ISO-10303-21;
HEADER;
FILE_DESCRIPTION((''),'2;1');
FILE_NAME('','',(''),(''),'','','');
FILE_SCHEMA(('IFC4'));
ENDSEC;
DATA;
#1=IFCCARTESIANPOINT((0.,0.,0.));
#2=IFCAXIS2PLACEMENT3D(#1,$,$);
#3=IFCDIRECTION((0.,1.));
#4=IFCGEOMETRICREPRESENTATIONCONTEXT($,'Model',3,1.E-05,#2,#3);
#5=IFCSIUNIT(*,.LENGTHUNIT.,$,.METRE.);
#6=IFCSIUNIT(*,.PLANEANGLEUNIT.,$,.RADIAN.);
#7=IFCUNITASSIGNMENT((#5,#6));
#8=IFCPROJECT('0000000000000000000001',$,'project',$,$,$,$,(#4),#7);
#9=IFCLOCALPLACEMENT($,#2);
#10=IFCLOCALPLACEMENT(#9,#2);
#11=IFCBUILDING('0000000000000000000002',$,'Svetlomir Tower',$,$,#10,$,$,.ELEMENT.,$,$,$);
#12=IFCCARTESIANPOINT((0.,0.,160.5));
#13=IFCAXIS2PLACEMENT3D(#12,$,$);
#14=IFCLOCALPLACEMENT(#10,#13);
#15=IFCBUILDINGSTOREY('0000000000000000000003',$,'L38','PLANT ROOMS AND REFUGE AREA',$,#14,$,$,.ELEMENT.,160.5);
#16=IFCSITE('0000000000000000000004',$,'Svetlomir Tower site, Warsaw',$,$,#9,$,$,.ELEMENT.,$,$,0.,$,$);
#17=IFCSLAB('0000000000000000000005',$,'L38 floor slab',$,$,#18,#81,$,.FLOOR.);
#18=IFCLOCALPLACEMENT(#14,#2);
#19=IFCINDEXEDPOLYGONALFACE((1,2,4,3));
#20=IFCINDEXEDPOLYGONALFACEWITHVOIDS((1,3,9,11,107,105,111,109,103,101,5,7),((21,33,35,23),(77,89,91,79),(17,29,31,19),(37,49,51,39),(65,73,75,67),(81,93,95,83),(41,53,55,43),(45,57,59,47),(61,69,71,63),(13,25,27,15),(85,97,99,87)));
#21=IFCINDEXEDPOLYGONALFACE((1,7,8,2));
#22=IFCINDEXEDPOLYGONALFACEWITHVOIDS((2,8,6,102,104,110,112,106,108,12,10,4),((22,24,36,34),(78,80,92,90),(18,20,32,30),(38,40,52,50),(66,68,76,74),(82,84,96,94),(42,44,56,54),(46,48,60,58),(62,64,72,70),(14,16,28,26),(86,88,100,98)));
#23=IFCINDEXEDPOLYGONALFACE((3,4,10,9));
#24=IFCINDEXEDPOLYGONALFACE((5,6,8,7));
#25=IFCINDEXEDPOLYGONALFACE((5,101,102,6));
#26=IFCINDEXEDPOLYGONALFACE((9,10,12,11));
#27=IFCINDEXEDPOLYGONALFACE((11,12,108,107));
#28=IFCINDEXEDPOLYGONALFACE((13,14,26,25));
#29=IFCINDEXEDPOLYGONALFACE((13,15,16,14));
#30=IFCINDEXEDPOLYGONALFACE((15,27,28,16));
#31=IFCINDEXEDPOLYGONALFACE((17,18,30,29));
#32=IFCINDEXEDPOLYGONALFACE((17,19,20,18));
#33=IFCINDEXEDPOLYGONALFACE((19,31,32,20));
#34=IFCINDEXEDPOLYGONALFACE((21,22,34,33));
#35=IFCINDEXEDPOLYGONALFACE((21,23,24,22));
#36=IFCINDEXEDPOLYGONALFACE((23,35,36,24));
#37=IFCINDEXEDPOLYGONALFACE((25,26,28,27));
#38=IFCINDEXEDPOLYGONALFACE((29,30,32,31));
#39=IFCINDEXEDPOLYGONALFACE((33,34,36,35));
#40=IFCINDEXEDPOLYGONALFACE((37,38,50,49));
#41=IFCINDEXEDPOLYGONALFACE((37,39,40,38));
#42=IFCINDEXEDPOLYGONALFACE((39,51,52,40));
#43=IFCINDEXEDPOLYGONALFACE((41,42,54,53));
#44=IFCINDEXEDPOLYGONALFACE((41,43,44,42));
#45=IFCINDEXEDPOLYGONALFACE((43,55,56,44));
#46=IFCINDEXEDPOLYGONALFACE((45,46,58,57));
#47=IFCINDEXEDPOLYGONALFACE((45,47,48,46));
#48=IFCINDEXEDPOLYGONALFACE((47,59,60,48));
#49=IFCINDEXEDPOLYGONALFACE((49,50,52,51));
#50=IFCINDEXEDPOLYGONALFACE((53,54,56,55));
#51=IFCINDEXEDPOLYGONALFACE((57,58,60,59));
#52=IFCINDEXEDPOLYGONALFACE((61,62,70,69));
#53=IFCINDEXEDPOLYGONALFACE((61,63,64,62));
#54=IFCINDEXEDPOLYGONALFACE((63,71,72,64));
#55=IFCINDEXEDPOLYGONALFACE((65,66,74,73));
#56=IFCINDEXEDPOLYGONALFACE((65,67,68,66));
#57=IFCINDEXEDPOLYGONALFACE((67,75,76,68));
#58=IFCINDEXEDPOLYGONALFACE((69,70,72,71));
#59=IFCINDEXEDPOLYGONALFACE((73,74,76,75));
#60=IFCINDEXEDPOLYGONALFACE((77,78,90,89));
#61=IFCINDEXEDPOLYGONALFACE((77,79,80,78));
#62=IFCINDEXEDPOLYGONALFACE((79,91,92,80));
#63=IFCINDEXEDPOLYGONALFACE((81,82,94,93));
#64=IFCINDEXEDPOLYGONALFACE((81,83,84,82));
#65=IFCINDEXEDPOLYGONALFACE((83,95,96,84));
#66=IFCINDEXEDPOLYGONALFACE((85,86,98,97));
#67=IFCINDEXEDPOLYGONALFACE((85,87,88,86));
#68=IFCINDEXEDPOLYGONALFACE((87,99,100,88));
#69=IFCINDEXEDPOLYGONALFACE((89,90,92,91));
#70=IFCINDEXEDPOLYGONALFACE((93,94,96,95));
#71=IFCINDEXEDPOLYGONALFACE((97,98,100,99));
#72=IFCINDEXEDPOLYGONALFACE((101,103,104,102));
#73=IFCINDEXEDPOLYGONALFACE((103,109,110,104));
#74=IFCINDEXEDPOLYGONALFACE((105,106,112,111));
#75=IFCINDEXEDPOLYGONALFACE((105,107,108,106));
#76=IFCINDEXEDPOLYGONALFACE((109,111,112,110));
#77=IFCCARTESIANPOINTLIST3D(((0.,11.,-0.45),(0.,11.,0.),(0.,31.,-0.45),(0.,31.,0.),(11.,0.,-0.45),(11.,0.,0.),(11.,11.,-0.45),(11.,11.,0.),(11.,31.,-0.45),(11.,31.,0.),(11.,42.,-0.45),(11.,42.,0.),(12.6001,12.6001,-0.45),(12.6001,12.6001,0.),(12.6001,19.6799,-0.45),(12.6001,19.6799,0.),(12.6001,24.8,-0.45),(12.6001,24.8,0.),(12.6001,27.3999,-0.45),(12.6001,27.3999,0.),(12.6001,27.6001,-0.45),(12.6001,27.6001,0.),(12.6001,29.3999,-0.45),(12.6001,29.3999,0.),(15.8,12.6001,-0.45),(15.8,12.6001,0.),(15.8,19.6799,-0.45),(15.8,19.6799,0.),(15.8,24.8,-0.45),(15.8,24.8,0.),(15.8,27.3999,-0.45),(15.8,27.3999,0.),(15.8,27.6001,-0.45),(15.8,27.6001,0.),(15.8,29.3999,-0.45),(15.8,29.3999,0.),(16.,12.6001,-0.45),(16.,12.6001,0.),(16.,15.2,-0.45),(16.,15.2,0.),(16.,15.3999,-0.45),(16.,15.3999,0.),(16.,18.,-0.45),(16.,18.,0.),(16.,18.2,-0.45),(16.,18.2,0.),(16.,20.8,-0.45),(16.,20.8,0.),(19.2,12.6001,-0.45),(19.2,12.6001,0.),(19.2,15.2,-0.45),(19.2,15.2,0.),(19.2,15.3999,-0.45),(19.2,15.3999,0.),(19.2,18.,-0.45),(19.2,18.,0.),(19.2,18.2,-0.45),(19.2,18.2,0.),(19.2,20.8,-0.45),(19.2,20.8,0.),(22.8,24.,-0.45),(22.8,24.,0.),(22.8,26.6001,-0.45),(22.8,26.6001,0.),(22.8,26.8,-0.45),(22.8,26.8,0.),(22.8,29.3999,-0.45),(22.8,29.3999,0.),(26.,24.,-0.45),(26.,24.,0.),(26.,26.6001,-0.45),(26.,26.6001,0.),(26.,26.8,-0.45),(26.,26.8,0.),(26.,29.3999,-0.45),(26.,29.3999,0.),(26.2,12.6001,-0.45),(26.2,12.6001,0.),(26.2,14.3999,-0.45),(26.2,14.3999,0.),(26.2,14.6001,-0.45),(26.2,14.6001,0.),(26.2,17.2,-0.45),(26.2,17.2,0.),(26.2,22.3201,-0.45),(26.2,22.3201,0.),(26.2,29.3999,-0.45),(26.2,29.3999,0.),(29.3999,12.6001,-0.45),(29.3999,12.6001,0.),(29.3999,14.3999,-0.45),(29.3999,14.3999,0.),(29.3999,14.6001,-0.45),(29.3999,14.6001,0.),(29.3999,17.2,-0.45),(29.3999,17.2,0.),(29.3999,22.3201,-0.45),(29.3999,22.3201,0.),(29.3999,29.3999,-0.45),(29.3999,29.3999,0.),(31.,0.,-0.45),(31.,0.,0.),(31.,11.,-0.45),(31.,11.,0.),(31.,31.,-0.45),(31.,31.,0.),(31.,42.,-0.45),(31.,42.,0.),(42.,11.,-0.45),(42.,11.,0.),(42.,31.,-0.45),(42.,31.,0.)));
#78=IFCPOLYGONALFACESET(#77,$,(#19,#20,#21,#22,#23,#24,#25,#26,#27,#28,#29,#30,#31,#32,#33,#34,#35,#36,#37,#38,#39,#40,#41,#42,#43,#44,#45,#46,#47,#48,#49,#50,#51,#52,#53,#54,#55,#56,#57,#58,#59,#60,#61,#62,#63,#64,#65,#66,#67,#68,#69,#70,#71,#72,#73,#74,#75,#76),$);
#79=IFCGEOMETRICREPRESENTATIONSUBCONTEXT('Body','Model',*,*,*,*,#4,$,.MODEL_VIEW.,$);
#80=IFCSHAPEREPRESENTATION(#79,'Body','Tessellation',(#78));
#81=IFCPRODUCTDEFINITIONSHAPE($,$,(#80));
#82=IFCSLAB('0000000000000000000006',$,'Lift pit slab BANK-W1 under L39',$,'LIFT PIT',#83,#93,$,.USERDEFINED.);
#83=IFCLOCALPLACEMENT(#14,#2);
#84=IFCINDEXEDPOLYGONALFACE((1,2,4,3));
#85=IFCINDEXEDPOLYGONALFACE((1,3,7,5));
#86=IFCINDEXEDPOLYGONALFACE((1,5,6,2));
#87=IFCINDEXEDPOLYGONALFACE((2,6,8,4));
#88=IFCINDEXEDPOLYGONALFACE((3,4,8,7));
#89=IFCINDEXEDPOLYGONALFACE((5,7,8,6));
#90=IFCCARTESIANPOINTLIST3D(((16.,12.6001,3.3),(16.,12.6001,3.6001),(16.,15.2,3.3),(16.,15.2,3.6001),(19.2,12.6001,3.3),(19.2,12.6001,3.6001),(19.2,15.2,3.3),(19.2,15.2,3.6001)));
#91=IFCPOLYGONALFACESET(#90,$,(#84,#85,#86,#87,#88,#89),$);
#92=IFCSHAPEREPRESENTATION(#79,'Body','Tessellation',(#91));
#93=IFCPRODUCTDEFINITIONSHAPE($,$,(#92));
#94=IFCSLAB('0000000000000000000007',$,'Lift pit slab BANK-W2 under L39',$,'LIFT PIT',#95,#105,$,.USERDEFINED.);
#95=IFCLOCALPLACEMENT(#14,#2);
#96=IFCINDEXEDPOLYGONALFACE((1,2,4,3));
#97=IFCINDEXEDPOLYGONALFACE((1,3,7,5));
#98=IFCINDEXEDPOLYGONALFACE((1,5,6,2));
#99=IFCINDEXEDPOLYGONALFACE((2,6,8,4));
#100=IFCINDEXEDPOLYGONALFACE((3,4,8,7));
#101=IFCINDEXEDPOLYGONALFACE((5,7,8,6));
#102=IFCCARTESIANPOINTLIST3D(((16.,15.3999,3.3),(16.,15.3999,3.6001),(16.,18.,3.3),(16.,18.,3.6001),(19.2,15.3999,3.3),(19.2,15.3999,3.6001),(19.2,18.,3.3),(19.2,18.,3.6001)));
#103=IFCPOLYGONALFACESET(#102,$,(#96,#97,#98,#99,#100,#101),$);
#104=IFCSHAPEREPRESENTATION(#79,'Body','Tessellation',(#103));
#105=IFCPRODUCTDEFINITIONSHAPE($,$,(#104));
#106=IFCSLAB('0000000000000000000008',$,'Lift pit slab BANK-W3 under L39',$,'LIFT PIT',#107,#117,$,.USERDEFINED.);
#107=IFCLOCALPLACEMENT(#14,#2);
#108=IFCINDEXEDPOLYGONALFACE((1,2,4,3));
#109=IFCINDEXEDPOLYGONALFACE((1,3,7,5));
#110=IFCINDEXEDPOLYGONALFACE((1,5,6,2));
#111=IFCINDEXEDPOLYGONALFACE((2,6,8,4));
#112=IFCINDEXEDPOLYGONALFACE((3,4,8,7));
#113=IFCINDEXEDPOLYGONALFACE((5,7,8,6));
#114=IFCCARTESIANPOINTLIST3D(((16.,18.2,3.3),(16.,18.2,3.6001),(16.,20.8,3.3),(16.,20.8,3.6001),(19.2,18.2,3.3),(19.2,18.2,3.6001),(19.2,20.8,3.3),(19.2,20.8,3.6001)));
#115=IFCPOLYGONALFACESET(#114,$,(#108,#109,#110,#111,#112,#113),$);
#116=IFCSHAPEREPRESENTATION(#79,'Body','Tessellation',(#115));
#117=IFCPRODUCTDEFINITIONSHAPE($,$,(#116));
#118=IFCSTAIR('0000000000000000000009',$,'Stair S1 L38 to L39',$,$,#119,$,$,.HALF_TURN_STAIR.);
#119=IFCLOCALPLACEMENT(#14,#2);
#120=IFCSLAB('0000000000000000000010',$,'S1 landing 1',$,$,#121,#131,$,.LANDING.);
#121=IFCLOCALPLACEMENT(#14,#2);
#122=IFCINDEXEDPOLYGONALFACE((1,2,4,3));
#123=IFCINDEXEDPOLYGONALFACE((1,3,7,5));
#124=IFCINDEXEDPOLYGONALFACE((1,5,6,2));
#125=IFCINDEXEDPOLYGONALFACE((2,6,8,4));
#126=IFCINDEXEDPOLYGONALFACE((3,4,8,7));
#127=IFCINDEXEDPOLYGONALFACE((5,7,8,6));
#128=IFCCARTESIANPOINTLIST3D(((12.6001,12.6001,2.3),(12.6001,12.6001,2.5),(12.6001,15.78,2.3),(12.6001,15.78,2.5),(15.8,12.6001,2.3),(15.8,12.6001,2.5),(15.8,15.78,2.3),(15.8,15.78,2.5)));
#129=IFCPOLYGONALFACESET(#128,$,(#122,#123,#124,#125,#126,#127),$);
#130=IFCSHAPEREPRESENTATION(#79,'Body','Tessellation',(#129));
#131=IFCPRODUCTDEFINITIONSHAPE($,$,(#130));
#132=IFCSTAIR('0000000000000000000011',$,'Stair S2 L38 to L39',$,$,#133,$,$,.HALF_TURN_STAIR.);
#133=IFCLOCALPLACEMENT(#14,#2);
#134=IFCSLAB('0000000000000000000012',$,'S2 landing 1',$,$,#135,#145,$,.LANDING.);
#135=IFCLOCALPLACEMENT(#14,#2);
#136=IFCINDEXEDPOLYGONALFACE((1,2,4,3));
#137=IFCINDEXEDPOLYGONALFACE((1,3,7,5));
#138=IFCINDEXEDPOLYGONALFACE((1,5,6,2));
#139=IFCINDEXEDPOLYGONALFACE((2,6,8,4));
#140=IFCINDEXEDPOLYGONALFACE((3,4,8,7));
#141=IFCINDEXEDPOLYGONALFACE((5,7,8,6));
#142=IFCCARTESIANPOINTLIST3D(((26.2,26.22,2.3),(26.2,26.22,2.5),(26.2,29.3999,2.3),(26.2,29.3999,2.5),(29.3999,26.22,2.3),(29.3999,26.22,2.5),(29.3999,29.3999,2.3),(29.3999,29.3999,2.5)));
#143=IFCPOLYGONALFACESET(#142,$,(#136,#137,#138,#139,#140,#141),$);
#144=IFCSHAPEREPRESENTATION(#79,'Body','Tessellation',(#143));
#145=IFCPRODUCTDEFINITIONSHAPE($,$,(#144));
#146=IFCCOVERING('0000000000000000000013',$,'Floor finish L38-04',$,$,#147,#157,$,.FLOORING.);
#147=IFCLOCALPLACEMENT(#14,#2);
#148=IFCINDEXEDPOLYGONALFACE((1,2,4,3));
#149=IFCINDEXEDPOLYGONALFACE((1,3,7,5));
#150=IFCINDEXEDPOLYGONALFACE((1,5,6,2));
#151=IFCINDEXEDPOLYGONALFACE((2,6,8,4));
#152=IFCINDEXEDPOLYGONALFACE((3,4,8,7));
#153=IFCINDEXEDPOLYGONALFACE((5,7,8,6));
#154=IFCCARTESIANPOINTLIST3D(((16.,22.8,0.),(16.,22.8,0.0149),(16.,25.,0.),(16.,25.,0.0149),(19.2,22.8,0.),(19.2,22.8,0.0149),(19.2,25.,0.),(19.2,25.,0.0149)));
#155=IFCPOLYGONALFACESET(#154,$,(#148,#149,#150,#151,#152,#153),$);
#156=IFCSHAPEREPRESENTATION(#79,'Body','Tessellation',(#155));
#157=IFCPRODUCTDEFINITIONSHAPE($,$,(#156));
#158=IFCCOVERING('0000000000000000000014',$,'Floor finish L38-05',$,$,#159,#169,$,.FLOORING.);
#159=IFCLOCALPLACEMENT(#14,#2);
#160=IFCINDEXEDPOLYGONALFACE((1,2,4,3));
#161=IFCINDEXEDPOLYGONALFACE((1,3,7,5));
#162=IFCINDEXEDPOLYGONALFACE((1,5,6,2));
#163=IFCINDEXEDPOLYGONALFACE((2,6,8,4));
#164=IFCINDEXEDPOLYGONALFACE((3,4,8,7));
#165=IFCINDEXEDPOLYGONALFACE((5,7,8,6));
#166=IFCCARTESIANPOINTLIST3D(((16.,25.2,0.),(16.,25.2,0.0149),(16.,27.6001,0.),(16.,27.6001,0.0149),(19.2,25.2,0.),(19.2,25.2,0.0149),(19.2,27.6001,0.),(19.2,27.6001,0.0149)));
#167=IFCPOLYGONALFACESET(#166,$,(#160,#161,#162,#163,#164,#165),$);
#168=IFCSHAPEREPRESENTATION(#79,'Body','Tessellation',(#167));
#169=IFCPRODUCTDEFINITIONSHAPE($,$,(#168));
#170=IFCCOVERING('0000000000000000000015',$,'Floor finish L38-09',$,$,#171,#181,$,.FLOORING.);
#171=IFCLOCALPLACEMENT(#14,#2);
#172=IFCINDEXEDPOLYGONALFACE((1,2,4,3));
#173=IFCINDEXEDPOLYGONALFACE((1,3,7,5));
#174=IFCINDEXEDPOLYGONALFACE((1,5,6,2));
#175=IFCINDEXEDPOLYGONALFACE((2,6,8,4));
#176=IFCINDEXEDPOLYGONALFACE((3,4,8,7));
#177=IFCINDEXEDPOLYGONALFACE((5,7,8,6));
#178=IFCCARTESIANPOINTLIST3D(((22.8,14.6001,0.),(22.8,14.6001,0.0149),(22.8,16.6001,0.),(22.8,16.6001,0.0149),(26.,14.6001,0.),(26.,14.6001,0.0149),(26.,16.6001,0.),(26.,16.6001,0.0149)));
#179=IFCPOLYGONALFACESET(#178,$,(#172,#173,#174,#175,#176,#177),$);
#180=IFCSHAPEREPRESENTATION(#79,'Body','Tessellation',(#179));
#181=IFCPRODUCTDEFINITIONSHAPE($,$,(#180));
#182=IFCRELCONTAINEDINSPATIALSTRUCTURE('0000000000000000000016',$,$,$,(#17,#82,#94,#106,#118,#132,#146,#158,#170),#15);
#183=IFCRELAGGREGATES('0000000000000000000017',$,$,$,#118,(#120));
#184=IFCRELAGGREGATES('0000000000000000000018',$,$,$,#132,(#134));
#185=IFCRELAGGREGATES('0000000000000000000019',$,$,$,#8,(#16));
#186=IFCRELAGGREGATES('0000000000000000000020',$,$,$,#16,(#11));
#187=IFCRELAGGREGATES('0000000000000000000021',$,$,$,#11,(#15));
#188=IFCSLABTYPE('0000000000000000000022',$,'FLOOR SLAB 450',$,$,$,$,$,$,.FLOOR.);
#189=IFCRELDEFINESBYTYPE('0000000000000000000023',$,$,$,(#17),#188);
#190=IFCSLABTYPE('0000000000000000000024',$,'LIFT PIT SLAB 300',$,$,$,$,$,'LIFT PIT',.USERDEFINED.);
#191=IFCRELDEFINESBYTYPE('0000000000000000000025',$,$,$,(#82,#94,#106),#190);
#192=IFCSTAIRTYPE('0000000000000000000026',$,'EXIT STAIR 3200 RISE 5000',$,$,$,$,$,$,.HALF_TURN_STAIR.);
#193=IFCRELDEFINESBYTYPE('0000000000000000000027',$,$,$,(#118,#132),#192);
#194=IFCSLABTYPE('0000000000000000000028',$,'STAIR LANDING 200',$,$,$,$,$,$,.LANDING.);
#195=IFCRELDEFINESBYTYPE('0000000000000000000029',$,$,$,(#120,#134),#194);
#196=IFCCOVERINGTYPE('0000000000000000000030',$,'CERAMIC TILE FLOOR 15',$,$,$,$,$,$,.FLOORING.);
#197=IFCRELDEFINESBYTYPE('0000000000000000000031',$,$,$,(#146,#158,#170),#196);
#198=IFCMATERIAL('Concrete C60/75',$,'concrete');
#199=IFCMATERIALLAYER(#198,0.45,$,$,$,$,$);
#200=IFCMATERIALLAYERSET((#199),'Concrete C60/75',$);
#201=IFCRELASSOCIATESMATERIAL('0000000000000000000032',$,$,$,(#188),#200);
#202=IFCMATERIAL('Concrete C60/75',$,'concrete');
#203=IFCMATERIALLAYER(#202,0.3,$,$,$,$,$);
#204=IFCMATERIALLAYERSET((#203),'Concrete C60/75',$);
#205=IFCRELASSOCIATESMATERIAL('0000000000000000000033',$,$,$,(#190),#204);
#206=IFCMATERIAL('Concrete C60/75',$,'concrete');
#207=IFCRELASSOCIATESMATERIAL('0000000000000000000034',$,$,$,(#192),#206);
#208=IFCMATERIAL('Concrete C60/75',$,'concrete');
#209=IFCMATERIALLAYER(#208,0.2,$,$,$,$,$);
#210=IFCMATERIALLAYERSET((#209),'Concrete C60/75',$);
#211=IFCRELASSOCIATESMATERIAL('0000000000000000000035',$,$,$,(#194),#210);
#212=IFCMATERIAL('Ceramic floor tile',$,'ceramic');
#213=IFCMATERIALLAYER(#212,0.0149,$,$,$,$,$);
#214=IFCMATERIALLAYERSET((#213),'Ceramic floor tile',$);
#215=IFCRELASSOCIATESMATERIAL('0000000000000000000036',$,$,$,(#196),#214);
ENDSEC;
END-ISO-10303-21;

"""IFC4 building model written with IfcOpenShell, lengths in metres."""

from ifc_helpers import new_model, si_unit, direction, frame, origin, place, context, subcontext, project, spatial, polyline, outline, extrude, material, layer, layer_set, type_object, element, aggregate, save


model = new_model("IFC4")

# Units and contexts
model_context = context("Model", 3, precision=1e-05, world=origin(), true_north=direction((0.0, 1.0)))
body_context = subcontext(model_context, "Body", "Model", "MODEL_VIEW")
ifc_project = project(units=[si_unit("LENGTHUNIT", "METRE"), si_unit("PLANEANGLEUNIT", "RADIAN")], contexts=[model_context])

# Site, building, storey
site_placement = place(None, origin())
site = spatial("IfcSite", under=ifc_project, at=site_placement, Name="Svetlomir Tower site, Warsaw", CompositionType="ELEMENT", RefElevation=0.0)
building_placement = place(site_placement, origin())
building = spatial("IfcBuilding", under=site, at=building_placement, Name="Svetlomir Tower", CompositionType="ELEMENT")
storey_placement = place(building_placement, frame((0.0, 0.0, 160.5)))
storey = spatial("IfcBuildingStorey", under=building, at=storey_placement, Name="L38", Description="PLANT ROOMS AND REFUGE AREA", CompositionType="ELEMENT", Elevation=160.5)

# Slabs
ifc_material_1 = material(Name="Concrete C60/75", Category="concrete")
ifc_layer_1 = layer(ifc_material_1, 0.45)
ifc_layer_set_1 = layer_set([ifc_layer_1], Name="Concrete C60/75")
slab_type_1 = type_object("IfcSlabType", Name="FLOOR SLAB 450", PredefinedType="FLOOR", material=ifc_layer_set_1)
slab_1_placement = place(storey_placement, frame((0.0, 0.0, -0.45)))
element("IfcSlab", 1, at=slab_1_placement, inside=storey, type_object=slab_type_1, Name="L38 floor slab", PredefinedType="FLOOR", context=body_context, shape_type="SweptSolid", body=[
    extrude(outline(polyline([(11.0, 0.0), (31.0, 0.0), (31.0, 11.0), (42.0, 11.0), (42.0, 31.0), (31.0, 31.0), (31.0, 42.0), (11.0, 42.0), (11.0, 31.0), (0.0, 31.0), (0.0, 11.0), (11.0, 11.0), (11.0, 0.0)]), holes=[polyline([(12.6001, 24.8), (15.8, 24.8), (15.8, 27.3999), (12.6001, 27.3999), (12.6001, 24.8)]), polyline([(26.2, 14.6001), (29.3999, 14.6001), (29.3999, 17.2), (26.2, 17.2), (26.2, 14.6001)]), polyline([(16.0, 12.6001), (19.2, 12.6001), (19.2, 15.2), (16.0, 15.2), (16.0, 12.6001)]), polyline([(16.0, 15.3999), (19.2, 15.3999), (19.2, 18.0), (16.0, 18.0), (16.0, 15.3999)]), polyline([(16.0, 18.2), (19.2, 18.2), (19.2, 20.8), (16.0, 20.8), (16.0, 18.2)]), polyline([(22.8, 24.0), (26.0, 24.0), (26.0, 26.6001), (22.8, 26.6001), (22.8, 24.0)]), polyline([(22.8, 26.8), (26.0, 26.8), (26.0, 29.3999), (22.8, 29.3999), (22.8, 26.8)]), polyline([(12.6001, 27.6001), (15.8, 27.6001), (15.8, 29.3999), (12.6001, 29.3999), (12.6001, 27.6001)]), polyline([(26.2, 12.6001), (29.3999, 12.6001), (29.3999, 14.3999), (26.2, 14.3999), (26.2, 12.6001)]), polyline([(12.6001, 12.6001), (15.8, 12.6001), (15.8, 19.6799), (12.6001, 19.6799), (12.6001, 12.6001)]), polyline([(26.2, 22.3201), (29.3999, 22.3201), (29.3999, 29.3999), (26.2, 29.3999), (26.2, 22.3201)])]), origin(), (0.0, 0.0, 1.0), 0.45),
])
ifc_material_2 = material(Name="Concrete C60/75", Category="concrete")
ifc_layer_2 = layer(ifc_material_2, 0.3)
ifc_layer_set_2 = layer_set([ifc_layer_2], Name="Concrete C60/75")
slab_type_2 = type_object("IfcSlabType", Name="LIFT PIT SLAB 300", ElementType="LIFT PIT", PredefinedType="USERDEFINED", material=ifc_layer_set_2)
slab_2_placement = place(storey_placement, frame((0.0, 0.0, 3.3)))
element("IfcSlab", 2, at=slab_2_placement, inside=storey, type_object=slab_type_2, Name="Lift pit slab BANK-W1 under L39", ObjectType="LIFT PIT", PredefinedType="USERDEFINED", context=body_context, shape_type="SweptSolid", body=[
    extrude(outline(polyline([(16.0, 12.6001), (19.2, 12.6001), (19.2, 15.2), (16.0, 15.2), (16.0, 12.6001)])), origin(), (0.0, 0.0, 1.0), 0.3),
])
slab_3_placement = place(storey_placement, frame((0.0, 0.0, 3.3)))
element("IfcSlab", 3, at=slab_3_placement, inside=storey, type_object=slab_type_2, Name="Lift pit slab BANK-W2 under L39", ObjectType="LIFT PIT", PredefinedType="USERDEFINED", context=body_context, shape_type="SweptSolid", body=[
    extrude(outline(polyline([(16.0, 15.3999), (19.2, 15.3999), (19.2, 18.0), (16.0, 18.0), (16.0, 15.3999)])), origin(), (0.0, 0.0, 1.0), 0.3),
])
slab_4_placement = place(storey_placement, frame((0.0, 0.0, 3.3)))
element("IfcSlab", 4, at=slab_4_placement, inside=storey, type_object=slab_type_2, Name="Lift pit slab BANK-W3 under L39", ObjectType="LIFT PIT", PredefinedType="USERDEFINED", context=body_context, shape_type="SweptSolid", body=[
    extrude(outline(polyline([(16.0, 18.2), (19.2, 18.2), (19.2, 20.8), (16.0, 20.8), (16.0, 18.2)])), origin(), (0.0, 0.0, 1.0), 0.3),
])

# Stairs, slabs
ifc_material_3 = material(Name="Concrete C60/75", Category="concrete")
stair_type = type_object("IfcStairType", Name="EXIT STAIR 3200 RISE 5000", PredefinedType="HALF_TURN_STAIR", material=ifc_material_3)
stair_1_placement = place(storey_placement, origin())
stair_1 = element("IfcStair", 5, at=stair_1_placement, inside=storey, type_object=stair_type, Name="Stair S1 L38 to L39", PredefinedType="HALF_TURN_STAIR")
ifc_material_4 = material(Name="Concrete C60/75", Category="concrete")
ifc_layer_3 = layer(ifc_material_4, 0.2)
ifc_layer_set_3 = layer_set([ifc_layer_3], Name="Concrete C60/75")
slab_type_3 = type_object("IfcSlabType", Name="STAIR LANDING 200", PredefinedType="LANDING", material=ifc_layer_set_3)
slab_5_placement = place(storey_placement, frame((0.0, 0.0, 2.3)))
slab_5 = element("IfcSlab", 6, at=slab_5_placement, type_object=slab_type_3, Name="S1 landing 1", PredefinedType="LANDING", context=body_context, shape_type="SweptSolid", body=[
    extrude(outline(polyline([(12.6001, 12.6001), (15.8, 12.6001), (15.8, 15.78), (12.6001, 15.78), (12.6001, 12.6001)])), origin(), (0.0, 0.0, 1.0), 0.2),
])
aggregate(stair_1, [slab_5])
stair_2_placement = place(storey_placement, origin())
stair_2 = element("IfcStair", 7, at=stair_2_placement, inside=storey, type_object=stair_type, Name="Stair S2 L38 to L39", PredefinedType="HALF_TURN_STAIR")
slab_6_placement = place(storey_placement, frame((0.0, 0.0, 2.3)))
slab_6 = element("IfcSlab", 8, at=slab_6_placement, type_object=slab_type_3, Name="S2 landing 1", PredefinedType="LANDING", context=body_context, shape_type="SweptSolid", body=[
    extrude(outline(polyline([(26.2, 26.22), (29.3999, 26.22), (29.3999, 29.3999), (26.2, 29.3999), (26.2, 26.22)])), origin(), (0.0, 0.0, 1.0), 0.2),
])
aggregate(stair_2, [slab_6])

# Coverings
ifc_material_5 = material(Name="Ceramic floor tile", Category="ceramic")
ifc_layer_4 = layer(ifc_material_5, 0.0149)
ifc_layer_set_4 = layer_set([ifc_layer_4], Name="Ceramic floor tile")
covering_type_1 = type_object("IfcCoveringType", Name="CERAMIC TILE FLOOR 15", PredefinedType="FLOORING", material=ifc_layer_set_4)
covering_1_placement = place(storey_placement, origin())
element("IfcCovering", 9, at=covering_1_placement, inside=storey, type_object=covering_type_1, Name="Floor finish L38-04", PredefinedType="FLOORING", context=body_context, shape_type="SweptSolid", body=[
    extrude(outline(polyline([(16.0, 22.8), (19.2, 22.8), (19.2, 25.0), (16.0, 25.0), (16.0, 22.8)])), origin(), (0.0, 0.0, 1.0), 0.0149),
])
covering_2_placement = place(storey_placement, origin())
element("IfcCovering", 10, at=covering_2_placement, inside=storey, type_object=covering_type_1, Name="Floor finish L38-05", PredefinedType="FLOORING", context=body_context, shape_type="SweptSolid", body=[
    extrude(outline(polyline([(16.0, 25.2), (19.2, 25.2), (19.2, 27.6001), (16.0, 27.6001), (16.0, 25.2)])), origin(), (0.0, 0.0, 1.0), 0.0149),
])
covering_3_placement = place(storey_placement, origin())
element("IfcCovering", 11, at=covering_3_placement, inside=storey, type_object=covering_type_1, Name="Floor finish L38-09", PredefinedType="FLOORING", context=body_context, shape_type="SweptSolid", body=[
    extrude(outline(polyline([(22.8, 14.6001), (26.0, 14.6001), (26.0, 16.6001), (22.8, 16.6001), (22.8, 14.6001)])), origin(), (0.0, 0.0, 1.0), 0.0149),
])

save(model, "model.ifc")
